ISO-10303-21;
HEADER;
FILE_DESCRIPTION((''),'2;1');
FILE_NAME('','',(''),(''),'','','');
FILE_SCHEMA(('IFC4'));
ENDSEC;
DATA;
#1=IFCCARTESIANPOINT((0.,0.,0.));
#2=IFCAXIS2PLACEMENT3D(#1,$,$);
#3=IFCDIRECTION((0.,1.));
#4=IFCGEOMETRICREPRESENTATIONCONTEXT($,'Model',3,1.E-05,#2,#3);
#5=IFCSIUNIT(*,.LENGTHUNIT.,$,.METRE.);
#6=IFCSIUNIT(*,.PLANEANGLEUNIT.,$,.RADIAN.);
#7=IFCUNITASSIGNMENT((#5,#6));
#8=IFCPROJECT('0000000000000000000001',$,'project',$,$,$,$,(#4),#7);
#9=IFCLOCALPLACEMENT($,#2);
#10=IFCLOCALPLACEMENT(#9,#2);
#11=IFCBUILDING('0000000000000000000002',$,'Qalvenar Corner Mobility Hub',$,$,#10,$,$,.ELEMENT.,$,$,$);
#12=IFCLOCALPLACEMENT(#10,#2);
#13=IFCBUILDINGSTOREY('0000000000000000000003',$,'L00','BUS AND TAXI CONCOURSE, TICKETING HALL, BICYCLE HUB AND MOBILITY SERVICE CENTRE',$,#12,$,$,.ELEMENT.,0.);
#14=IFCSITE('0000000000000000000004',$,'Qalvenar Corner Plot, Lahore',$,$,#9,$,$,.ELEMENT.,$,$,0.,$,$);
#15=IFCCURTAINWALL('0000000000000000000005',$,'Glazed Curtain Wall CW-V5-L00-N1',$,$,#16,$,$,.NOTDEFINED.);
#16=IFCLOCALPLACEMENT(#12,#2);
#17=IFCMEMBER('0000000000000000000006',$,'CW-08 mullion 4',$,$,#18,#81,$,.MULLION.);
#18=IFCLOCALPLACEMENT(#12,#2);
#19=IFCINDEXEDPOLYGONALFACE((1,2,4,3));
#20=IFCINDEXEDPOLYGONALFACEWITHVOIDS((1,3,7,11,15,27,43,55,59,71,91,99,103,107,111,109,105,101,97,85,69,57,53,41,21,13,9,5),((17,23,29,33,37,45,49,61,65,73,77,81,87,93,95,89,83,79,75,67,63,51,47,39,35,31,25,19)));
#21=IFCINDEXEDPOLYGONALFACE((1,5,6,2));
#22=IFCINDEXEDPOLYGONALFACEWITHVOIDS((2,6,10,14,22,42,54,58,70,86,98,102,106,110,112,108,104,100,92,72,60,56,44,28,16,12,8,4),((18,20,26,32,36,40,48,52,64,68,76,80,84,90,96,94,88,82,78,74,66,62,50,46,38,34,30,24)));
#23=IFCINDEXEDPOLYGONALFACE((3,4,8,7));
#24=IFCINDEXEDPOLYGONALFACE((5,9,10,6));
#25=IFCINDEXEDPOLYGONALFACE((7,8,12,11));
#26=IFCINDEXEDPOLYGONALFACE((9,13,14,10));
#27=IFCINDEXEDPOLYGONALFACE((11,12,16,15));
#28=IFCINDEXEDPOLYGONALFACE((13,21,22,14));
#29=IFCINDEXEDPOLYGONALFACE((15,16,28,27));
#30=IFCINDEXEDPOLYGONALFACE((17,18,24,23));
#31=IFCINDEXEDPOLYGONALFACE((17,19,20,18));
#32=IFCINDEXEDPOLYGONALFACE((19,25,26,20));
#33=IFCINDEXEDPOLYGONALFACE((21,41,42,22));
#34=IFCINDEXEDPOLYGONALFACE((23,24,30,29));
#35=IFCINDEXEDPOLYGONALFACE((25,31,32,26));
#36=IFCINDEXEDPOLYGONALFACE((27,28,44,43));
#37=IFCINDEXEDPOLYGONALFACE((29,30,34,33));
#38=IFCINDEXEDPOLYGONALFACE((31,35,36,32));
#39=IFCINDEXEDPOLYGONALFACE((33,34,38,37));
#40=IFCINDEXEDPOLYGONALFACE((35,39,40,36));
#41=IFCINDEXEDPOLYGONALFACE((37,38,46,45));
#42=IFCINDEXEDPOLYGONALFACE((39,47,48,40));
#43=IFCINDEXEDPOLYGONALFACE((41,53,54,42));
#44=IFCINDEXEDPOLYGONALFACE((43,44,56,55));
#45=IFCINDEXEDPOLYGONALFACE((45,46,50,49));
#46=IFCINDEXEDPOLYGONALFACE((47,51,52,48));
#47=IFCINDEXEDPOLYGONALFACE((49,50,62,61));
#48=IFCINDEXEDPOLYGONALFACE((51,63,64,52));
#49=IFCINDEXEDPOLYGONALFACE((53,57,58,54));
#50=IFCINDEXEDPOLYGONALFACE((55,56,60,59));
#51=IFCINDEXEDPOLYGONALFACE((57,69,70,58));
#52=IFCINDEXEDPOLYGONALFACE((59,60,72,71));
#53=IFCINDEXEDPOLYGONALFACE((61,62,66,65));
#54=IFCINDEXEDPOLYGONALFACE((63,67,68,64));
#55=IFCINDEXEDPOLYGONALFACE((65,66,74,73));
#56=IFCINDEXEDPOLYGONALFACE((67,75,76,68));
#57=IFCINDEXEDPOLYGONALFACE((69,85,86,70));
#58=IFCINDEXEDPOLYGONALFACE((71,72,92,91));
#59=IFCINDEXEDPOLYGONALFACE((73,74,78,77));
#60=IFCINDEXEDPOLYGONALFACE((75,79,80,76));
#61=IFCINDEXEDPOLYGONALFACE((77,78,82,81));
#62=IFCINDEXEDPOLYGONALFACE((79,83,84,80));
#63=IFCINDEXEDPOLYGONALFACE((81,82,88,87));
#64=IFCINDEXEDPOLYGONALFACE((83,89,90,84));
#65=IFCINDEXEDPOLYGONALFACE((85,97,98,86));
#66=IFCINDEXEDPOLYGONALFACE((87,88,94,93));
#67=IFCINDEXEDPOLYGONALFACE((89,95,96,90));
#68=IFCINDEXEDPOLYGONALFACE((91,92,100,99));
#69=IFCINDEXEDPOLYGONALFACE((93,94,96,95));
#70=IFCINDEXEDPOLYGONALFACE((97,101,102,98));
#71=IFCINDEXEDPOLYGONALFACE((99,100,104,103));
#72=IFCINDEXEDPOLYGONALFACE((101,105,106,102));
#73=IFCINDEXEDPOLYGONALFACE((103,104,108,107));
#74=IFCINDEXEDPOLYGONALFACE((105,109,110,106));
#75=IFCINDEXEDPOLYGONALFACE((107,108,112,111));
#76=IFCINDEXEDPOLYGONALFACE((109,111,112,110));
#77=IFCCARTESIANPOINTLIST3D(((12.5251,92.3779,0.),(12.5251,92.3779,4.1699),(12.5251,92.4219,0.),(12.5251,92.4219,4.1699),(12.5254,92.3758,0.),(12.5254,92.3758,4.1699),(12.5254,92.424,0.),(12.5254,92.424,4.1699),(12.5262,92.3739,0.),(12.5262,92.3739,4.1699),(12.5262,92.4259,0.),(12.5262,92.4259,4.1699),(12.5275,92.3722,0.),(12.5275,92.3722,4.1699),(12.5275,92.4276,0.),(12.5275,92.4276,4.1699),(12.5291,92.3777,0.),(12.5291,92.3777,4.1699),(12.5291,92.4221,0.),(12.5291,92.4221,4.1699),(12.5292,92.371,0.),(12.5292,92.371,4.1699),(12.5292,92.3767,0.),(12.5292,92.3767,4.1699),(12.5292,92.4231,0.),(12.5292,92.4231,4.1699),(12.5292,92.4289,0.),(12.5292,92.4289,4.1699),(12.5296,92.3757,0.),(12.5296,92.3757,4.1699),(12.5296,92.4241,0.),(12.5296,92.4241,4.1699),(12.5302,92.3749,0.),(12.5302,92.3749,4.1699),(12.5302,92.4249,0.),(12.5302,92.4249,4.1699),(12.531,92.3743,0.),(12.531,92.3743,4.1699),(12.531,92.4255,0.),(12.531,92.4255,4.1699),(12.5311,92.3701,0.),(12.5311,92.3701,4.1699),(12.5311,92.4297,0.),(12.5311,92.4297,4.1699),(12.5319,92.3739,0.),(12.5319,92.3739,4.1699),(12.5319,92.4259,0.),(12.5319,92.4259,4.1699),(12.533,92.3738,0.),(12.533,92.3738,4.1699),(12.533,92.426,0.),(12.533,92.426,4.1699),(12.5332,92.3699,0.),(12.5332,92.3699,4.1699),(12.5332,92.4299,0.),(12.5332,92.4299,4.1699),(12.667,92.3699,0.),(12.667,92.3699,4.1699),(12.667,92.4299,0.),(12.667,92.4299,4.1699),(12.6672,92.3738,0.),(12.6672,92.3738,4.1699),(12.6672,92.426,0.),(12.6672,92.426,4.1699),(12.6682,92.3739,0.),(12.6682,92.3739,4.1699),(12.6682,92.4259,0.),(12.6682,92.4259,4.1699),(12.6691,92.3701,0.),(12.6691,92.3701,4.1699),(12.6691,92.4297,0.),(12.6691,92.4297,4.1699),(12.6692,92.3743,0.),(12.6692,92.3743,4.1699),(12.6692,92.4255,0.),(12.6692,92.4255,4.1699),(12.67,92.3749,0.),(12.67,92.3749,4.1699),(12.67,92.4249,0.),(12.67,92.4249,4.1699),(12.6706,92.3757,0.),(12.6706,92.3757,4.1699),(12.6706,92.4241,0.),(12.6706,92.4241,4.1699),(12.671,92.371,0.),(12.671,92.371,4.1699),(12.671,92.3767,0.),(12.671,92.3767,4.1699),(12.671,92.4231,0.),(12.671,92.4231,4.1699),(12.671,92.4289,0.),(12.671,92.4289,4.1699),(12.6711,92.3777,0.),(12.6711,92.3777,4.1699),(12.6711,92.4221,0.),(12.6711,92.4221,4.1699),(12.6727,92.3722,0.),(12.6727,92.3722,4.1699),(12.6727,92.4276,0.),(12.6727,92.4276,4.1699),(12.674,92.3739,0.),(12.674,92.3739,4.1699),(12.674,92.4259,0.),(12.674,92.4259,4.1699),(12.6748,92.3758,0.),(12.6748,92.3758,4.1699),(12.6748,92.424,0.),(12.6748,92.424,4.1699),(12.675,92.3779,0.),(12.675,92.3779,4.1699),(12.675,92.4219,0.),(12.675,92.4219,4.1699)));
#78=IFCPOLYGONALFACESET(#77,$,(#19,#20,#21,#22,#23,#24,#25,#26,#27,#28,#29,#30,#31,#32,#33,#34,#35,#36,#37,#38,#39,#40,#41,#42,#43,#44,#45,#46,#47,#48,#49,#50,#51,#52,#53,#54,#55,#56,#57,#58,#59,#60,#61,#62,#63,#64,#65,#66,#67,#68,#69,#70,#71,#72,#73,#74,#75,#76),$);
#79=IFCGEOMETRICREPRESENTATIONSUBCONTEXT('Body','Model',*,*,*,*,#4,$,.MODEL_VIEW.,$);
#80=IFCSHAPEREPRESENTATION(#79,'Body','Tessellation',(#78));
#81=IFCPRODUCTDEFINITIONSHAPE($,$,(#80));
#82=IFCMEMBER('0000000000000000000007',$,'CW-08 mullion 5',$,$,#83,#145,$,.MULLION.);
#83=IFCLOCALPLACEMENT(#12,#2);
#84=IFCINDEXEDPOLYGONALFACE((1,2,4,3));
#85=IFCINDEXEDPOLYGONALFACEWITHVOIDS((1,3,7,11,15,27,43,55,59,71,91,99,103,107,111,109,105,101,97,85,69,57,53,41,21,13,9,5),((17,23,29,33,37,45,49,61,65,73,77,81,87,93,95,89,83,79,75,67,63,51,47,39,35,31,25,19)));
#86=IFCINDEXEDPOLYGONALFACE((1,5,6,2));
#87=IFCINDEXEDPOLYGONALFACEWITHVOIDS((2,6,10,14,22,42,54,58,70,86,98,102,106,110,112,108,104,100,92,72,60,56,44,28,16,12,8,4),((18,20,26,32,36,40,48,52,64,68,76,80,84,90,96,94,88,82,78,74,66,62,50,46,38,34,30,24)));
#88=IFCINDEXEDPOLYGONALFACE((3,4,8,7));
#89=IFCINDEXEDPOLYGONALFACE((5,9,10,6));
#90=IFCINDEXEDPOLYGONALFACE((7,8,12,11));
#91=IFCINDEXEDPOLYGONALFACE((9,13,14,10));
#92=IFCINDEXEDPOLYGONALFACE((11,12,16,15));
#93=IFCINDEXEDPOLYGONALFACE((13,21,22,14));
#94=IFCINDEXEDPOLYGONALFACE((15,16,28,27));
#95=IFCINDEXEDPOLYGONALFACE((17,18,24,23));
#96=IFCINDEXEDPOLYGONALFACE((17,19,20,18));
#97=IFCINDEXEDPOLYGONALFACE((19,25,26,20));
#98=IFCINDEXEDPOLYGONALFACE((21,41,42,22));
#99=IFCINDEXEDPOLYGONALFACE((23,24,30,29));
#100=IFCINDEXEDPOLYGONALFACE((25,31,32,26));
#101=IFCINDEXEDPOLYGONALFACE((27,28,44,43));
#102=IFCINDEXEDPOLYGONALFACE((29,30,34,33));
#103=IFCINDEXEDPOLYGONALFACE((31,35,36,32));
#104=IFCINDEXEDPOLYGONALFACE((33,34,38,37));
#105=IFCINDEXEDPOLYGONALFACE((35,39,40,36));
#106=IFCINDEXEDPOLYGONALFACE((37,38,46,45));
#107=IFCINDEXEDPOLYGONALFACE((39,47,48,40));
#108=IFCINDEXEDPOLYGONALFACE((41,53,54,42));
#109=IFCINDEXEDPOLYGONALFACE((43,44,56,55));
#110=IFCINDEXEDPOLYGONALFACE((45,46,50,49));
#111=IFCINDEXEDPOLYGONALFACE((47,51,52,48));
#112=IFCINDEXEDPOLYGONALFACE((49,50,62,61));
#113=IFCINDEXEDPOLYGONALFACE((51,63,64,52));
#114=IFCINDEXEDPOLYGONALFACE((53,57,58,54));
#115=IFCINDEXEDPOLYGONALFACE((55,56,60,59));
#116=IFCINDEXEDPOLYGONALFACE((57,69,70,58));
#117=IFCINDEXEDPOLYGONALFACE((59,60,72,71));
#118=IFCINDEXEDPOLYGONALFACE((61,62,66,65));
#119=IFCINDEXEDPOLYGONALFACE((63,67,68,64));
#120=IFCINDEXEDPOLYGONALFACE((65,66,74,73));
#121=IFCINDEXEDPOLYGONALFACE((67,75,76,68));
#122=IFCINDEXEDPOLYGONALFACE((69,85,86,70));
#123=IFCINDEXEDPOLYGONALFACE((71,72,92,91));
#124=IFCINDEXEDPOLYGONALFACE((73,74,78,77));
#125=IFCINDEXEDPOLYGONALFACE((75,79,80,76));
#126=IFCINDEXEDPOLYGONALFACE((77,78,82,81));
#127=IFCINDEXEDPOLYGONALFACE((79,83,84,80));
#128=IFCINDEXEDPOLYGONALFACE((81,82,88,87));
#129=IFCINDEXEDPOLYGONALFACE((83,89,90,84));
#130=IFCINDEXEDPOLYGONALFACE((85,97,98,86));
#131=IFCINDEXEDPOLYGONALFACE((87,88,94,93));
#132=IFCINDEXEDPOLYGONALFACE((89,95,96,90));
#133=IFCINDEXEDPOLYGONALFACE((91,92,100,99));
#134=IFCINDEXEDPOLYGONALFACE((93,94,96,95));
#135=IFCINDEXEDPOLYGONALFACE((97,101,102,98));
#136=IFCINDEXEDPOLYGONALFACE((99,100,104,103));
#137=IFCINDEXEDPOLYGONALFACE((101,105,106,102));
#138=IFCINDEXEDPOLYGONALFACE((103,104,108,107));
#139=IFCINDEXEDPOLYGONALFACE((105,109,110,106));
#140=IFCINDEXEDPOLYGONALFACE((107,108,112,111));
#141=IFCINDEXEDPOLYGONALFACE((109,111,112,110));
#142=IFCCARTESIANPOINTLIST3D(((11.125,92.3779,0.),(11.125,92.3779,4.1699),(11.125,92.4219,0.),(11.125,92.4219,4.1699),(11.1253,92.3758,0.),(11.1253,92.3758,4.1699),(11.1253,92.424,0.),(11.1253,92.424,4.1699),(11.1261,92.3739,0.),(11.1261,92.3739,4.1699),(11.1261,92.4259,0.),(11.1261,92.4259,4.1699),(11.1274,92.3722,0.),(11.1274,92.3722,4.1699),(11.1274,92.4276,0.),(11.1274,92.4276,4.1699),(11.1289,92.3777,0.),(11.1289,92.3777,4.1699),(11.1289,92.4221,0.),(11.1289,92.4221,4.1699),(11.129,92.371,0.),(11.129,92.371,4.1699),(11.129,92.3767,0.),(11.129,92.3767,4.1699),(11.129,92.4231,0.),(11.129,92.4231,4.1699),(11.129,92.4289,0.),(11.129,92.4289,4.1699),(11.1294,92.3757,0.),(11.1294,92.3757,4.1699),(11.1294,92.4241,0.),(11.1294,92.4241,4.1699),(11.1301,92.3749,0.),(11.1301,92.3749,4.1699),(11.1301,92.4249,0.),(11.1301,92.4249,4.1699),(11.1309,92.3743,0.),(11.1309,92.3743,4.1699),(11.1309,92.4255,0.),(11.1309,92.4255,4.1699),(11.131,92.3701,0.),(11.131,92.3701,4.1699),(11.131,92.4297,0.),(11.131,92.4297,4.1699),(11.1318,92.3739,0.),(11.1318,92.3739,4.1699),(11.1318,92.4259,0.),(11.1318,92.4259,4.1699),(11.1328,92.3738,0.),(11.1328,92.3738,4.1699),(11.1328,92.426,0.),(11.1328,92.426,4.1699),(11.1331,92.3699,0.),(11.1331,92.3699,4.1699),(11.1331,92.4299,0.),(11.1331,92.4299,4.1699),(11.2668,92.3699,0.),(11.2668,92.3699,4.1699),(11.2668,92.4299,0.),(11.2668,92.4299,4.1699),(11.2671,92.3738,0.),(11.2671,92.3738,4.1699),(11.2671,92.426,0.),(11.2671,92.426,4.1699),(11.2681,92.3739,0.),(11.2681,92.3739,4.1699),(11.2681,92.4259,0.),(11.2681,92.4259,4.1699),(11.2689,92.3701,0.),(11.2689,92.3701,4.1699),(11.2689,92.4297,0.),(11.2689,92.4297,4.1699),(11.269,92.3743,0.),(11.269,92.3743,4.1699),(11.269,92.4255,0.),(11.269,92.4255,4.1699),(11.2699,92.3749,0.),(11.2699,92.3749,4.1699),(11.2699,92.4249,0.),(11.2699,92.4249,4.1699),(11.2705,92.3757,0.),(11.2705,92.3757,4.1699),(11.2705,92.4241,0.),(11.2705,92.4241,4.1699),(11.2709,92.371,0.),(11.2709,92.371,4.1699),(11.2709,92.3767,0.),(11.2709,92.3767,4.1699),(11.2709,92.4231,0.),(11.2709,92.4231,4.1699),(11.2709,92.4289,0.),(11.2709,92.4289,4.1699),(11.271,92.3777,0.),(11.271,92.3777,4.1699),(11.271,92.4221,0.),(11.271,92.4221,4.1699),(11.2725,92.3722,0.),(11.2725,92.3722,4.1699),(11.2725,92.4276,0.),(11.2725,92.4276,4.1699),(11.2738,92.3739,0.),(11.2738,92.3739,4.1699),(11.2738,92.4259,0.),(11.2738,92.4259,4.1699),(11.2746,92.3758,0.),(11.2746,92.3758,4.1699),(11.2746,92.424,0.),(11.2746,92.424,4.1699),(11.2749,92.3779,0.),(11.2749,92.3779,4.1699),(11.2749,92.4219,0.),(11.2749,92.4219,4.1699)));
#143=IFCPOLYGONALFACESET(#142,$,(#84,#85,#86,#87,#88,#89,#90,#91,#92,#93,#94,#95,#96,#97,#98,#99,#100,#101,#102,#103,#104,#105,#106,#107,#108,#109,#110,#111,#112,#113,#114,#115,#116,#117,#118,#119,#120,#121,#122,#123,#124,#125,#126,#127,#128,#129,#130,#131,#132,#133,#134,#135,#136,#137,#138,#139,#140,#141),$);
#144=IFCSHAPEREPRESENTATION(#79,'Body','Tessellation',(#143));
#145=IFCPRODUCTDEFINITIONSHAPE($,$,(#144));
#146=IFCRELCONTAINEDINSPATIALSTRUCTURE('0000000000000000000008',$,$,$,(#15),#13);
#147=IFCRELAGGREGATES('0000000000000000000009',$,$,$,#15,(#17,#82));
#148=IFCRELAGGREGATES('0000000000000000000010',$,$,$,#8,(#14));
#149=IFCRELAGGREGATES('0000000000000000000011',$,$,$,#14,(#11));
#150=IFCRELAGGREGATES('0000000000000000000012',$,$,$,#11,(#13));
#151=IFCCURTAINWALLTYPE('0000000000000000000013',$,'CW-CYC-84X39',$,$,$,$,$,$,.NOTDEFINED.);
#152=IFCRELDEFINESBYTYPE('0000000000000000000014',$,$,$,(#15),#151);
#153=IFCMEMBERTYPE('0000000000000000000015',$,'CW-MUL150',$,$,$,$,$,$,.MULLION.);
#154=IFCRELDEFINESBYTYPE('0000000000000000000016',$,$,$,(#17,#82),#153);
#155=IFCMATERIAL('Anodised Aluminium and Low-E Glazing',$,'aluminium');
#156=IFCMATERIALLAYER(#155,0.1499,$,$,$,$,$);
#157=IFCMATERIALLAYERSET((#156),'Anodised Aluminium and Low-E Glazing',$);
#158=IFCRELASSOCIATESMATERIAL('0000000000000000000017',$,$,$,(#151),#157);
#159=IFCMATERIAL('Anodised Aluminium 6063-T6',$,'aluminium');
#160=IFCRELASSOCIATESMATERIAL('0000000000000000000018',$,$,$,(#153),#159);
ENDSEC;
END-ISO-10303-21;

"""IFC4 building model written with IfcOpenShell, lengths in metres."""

from ifc_helpers import new_model, si_unit, direction, frame, origin, origin_2d, place, context, subcontext, project, spatial, hollow_rectangle, extrude, material, layer, layer_set, material_profile, profile_set, type_object, element, aggregate, save


model = new_model("IFC4")

# Units and contexts
model_context = context("Model", 3, precision=1e-05, world=origin(), true_north=direction((0.0, 1.0)))
body_context = subcontext(model_context, "Body", "Model", "MODEL_VIEW")
ifc_project = project(units=[si_unit("LENGTHUNIT", "METRE"), si_unit("PLANEANGLEUNIT", "RADIAN")], contexts=[model_context])

# Site, building, storey
site_placement = place(None, origin())
site = spatial("IfcSite", under=ifc_project, at=site_placement, Name="Qalvenar Corner Plot, Lahore", CompositionType="ELEMENT", RefElevation=0.0)
building_placement = place(site_placement, origin())
building = spatial("IfcBuilding", under=site, at=building_placement, Name="Qalvenar Corner Mobility Hub", CompositionType="ELEMENT")
storey_placement = place(building_placement, origin())
storey = spatial("IfcBuildingStorey", under=building, at=storey_placement, Name="L00", Description="BUS AND TAXI CONCOURSE, TICKETING HALL, BICYCLE HUB AND MOBILITY SERVICE CENTRE", CompositionType="ELEMENT", Elevation=0.0)

# Curtain wall, members
ifc_material_1 = material(Name="Anodised Aluminium and Low-E Glazing", Category="aluminium")
ifc_layer_1 = layer(ifc_material_1, 0.1499)
ifc_layer_set_1 = layer_set([ifc_layer_1], Name="Anodised Aluminium and Low-E Glazing")
curtain_wall_type = type_object("IfcCurtainWallType", Name="CW-CYC-84X39", PredefinedType="NOTDEFINED", material=ifc_layer_set_1)
curtain_wall_placement = place(storey_placement, origin())
curtain_wall = element("IfcCurtainWall", 1, at=curtain_wall_placement, inside=storey, type_object=curtain_wall_type, Name="Glazed Curtain Wall CW-V5-L00-N1", PredefinedType="NOTDEFINED")
ifc_material_2 = material(Name="Anodised Aluminium 6063-T6", Category="aluminium")
ifc_material_profile_1 = material_profile(ifc_material_2, hollow_rectangle(XDim=0.0601, YDim=0.1499, WallThickness=0.0039, InnerFilletRadius=0.0039, OuterFilletRadius=0.0081, at=origin_2d()), Name="RHS150x60x4")
ifc_profile_set_1 = profile_set([ifc_material_profile_1], Name="Anodised Aluminium 6063-T6")
member_type_1 = type_object("IfcMemberType", Name="CW-MUL150", PredefinedType="MULLION", material=ifc_profile_set_1)
member_1_placement = place(storey_placement, frame((12.6001, 92.3999, 0.0), z_axis=(0.0, 0.0, 1.0), x_axis=(0.0, -1.0, 0.0)))
member_1 = element("IfcMember", 2, at=member_1_placement, type_object=member_type_1, Name="CW-08 mullion 4", PredefinedType="MULLION", context=body_context, shape_type="SweptSolid", body=[
    extrude(hollow_rectangle(XDim=0.0601, YDim=0.1499, WallThickness=0.0039, InnerFilletRadius=0.0039, OuterFilletRadius=0.0081, at=origin_2d()), origin(), (0.0, 0.0, 1.0), 4.1699),
])
member_2_placement = place(storey_placement, frame((11.2, 92.3999, 0.0), z_axis=(0.0, 0.0, 1.0), x_axis=(0.0, -1.0, 0.0)))
member_2 = element("IfcMember", 3, at=member_2_placement, type_object=member_type_1, Name="CW-08 mullion 5", PredefinedType="MULLION", context=body_context, shape_type="SweptSolid", body=[
    extrude(hollow_rectangle(XDim=0.0601, YDim=0.1499, WallThickness=0.0039, InnerFilletRadius=0.0039, OuterFilletRadius=0.0081, at=origin_2d()), origin(), (0.0, 0.0, 1.0), 4.1699),
])
aggregate(curtain_wall, [member_1, member_2])

save(model, "model.ifc")
